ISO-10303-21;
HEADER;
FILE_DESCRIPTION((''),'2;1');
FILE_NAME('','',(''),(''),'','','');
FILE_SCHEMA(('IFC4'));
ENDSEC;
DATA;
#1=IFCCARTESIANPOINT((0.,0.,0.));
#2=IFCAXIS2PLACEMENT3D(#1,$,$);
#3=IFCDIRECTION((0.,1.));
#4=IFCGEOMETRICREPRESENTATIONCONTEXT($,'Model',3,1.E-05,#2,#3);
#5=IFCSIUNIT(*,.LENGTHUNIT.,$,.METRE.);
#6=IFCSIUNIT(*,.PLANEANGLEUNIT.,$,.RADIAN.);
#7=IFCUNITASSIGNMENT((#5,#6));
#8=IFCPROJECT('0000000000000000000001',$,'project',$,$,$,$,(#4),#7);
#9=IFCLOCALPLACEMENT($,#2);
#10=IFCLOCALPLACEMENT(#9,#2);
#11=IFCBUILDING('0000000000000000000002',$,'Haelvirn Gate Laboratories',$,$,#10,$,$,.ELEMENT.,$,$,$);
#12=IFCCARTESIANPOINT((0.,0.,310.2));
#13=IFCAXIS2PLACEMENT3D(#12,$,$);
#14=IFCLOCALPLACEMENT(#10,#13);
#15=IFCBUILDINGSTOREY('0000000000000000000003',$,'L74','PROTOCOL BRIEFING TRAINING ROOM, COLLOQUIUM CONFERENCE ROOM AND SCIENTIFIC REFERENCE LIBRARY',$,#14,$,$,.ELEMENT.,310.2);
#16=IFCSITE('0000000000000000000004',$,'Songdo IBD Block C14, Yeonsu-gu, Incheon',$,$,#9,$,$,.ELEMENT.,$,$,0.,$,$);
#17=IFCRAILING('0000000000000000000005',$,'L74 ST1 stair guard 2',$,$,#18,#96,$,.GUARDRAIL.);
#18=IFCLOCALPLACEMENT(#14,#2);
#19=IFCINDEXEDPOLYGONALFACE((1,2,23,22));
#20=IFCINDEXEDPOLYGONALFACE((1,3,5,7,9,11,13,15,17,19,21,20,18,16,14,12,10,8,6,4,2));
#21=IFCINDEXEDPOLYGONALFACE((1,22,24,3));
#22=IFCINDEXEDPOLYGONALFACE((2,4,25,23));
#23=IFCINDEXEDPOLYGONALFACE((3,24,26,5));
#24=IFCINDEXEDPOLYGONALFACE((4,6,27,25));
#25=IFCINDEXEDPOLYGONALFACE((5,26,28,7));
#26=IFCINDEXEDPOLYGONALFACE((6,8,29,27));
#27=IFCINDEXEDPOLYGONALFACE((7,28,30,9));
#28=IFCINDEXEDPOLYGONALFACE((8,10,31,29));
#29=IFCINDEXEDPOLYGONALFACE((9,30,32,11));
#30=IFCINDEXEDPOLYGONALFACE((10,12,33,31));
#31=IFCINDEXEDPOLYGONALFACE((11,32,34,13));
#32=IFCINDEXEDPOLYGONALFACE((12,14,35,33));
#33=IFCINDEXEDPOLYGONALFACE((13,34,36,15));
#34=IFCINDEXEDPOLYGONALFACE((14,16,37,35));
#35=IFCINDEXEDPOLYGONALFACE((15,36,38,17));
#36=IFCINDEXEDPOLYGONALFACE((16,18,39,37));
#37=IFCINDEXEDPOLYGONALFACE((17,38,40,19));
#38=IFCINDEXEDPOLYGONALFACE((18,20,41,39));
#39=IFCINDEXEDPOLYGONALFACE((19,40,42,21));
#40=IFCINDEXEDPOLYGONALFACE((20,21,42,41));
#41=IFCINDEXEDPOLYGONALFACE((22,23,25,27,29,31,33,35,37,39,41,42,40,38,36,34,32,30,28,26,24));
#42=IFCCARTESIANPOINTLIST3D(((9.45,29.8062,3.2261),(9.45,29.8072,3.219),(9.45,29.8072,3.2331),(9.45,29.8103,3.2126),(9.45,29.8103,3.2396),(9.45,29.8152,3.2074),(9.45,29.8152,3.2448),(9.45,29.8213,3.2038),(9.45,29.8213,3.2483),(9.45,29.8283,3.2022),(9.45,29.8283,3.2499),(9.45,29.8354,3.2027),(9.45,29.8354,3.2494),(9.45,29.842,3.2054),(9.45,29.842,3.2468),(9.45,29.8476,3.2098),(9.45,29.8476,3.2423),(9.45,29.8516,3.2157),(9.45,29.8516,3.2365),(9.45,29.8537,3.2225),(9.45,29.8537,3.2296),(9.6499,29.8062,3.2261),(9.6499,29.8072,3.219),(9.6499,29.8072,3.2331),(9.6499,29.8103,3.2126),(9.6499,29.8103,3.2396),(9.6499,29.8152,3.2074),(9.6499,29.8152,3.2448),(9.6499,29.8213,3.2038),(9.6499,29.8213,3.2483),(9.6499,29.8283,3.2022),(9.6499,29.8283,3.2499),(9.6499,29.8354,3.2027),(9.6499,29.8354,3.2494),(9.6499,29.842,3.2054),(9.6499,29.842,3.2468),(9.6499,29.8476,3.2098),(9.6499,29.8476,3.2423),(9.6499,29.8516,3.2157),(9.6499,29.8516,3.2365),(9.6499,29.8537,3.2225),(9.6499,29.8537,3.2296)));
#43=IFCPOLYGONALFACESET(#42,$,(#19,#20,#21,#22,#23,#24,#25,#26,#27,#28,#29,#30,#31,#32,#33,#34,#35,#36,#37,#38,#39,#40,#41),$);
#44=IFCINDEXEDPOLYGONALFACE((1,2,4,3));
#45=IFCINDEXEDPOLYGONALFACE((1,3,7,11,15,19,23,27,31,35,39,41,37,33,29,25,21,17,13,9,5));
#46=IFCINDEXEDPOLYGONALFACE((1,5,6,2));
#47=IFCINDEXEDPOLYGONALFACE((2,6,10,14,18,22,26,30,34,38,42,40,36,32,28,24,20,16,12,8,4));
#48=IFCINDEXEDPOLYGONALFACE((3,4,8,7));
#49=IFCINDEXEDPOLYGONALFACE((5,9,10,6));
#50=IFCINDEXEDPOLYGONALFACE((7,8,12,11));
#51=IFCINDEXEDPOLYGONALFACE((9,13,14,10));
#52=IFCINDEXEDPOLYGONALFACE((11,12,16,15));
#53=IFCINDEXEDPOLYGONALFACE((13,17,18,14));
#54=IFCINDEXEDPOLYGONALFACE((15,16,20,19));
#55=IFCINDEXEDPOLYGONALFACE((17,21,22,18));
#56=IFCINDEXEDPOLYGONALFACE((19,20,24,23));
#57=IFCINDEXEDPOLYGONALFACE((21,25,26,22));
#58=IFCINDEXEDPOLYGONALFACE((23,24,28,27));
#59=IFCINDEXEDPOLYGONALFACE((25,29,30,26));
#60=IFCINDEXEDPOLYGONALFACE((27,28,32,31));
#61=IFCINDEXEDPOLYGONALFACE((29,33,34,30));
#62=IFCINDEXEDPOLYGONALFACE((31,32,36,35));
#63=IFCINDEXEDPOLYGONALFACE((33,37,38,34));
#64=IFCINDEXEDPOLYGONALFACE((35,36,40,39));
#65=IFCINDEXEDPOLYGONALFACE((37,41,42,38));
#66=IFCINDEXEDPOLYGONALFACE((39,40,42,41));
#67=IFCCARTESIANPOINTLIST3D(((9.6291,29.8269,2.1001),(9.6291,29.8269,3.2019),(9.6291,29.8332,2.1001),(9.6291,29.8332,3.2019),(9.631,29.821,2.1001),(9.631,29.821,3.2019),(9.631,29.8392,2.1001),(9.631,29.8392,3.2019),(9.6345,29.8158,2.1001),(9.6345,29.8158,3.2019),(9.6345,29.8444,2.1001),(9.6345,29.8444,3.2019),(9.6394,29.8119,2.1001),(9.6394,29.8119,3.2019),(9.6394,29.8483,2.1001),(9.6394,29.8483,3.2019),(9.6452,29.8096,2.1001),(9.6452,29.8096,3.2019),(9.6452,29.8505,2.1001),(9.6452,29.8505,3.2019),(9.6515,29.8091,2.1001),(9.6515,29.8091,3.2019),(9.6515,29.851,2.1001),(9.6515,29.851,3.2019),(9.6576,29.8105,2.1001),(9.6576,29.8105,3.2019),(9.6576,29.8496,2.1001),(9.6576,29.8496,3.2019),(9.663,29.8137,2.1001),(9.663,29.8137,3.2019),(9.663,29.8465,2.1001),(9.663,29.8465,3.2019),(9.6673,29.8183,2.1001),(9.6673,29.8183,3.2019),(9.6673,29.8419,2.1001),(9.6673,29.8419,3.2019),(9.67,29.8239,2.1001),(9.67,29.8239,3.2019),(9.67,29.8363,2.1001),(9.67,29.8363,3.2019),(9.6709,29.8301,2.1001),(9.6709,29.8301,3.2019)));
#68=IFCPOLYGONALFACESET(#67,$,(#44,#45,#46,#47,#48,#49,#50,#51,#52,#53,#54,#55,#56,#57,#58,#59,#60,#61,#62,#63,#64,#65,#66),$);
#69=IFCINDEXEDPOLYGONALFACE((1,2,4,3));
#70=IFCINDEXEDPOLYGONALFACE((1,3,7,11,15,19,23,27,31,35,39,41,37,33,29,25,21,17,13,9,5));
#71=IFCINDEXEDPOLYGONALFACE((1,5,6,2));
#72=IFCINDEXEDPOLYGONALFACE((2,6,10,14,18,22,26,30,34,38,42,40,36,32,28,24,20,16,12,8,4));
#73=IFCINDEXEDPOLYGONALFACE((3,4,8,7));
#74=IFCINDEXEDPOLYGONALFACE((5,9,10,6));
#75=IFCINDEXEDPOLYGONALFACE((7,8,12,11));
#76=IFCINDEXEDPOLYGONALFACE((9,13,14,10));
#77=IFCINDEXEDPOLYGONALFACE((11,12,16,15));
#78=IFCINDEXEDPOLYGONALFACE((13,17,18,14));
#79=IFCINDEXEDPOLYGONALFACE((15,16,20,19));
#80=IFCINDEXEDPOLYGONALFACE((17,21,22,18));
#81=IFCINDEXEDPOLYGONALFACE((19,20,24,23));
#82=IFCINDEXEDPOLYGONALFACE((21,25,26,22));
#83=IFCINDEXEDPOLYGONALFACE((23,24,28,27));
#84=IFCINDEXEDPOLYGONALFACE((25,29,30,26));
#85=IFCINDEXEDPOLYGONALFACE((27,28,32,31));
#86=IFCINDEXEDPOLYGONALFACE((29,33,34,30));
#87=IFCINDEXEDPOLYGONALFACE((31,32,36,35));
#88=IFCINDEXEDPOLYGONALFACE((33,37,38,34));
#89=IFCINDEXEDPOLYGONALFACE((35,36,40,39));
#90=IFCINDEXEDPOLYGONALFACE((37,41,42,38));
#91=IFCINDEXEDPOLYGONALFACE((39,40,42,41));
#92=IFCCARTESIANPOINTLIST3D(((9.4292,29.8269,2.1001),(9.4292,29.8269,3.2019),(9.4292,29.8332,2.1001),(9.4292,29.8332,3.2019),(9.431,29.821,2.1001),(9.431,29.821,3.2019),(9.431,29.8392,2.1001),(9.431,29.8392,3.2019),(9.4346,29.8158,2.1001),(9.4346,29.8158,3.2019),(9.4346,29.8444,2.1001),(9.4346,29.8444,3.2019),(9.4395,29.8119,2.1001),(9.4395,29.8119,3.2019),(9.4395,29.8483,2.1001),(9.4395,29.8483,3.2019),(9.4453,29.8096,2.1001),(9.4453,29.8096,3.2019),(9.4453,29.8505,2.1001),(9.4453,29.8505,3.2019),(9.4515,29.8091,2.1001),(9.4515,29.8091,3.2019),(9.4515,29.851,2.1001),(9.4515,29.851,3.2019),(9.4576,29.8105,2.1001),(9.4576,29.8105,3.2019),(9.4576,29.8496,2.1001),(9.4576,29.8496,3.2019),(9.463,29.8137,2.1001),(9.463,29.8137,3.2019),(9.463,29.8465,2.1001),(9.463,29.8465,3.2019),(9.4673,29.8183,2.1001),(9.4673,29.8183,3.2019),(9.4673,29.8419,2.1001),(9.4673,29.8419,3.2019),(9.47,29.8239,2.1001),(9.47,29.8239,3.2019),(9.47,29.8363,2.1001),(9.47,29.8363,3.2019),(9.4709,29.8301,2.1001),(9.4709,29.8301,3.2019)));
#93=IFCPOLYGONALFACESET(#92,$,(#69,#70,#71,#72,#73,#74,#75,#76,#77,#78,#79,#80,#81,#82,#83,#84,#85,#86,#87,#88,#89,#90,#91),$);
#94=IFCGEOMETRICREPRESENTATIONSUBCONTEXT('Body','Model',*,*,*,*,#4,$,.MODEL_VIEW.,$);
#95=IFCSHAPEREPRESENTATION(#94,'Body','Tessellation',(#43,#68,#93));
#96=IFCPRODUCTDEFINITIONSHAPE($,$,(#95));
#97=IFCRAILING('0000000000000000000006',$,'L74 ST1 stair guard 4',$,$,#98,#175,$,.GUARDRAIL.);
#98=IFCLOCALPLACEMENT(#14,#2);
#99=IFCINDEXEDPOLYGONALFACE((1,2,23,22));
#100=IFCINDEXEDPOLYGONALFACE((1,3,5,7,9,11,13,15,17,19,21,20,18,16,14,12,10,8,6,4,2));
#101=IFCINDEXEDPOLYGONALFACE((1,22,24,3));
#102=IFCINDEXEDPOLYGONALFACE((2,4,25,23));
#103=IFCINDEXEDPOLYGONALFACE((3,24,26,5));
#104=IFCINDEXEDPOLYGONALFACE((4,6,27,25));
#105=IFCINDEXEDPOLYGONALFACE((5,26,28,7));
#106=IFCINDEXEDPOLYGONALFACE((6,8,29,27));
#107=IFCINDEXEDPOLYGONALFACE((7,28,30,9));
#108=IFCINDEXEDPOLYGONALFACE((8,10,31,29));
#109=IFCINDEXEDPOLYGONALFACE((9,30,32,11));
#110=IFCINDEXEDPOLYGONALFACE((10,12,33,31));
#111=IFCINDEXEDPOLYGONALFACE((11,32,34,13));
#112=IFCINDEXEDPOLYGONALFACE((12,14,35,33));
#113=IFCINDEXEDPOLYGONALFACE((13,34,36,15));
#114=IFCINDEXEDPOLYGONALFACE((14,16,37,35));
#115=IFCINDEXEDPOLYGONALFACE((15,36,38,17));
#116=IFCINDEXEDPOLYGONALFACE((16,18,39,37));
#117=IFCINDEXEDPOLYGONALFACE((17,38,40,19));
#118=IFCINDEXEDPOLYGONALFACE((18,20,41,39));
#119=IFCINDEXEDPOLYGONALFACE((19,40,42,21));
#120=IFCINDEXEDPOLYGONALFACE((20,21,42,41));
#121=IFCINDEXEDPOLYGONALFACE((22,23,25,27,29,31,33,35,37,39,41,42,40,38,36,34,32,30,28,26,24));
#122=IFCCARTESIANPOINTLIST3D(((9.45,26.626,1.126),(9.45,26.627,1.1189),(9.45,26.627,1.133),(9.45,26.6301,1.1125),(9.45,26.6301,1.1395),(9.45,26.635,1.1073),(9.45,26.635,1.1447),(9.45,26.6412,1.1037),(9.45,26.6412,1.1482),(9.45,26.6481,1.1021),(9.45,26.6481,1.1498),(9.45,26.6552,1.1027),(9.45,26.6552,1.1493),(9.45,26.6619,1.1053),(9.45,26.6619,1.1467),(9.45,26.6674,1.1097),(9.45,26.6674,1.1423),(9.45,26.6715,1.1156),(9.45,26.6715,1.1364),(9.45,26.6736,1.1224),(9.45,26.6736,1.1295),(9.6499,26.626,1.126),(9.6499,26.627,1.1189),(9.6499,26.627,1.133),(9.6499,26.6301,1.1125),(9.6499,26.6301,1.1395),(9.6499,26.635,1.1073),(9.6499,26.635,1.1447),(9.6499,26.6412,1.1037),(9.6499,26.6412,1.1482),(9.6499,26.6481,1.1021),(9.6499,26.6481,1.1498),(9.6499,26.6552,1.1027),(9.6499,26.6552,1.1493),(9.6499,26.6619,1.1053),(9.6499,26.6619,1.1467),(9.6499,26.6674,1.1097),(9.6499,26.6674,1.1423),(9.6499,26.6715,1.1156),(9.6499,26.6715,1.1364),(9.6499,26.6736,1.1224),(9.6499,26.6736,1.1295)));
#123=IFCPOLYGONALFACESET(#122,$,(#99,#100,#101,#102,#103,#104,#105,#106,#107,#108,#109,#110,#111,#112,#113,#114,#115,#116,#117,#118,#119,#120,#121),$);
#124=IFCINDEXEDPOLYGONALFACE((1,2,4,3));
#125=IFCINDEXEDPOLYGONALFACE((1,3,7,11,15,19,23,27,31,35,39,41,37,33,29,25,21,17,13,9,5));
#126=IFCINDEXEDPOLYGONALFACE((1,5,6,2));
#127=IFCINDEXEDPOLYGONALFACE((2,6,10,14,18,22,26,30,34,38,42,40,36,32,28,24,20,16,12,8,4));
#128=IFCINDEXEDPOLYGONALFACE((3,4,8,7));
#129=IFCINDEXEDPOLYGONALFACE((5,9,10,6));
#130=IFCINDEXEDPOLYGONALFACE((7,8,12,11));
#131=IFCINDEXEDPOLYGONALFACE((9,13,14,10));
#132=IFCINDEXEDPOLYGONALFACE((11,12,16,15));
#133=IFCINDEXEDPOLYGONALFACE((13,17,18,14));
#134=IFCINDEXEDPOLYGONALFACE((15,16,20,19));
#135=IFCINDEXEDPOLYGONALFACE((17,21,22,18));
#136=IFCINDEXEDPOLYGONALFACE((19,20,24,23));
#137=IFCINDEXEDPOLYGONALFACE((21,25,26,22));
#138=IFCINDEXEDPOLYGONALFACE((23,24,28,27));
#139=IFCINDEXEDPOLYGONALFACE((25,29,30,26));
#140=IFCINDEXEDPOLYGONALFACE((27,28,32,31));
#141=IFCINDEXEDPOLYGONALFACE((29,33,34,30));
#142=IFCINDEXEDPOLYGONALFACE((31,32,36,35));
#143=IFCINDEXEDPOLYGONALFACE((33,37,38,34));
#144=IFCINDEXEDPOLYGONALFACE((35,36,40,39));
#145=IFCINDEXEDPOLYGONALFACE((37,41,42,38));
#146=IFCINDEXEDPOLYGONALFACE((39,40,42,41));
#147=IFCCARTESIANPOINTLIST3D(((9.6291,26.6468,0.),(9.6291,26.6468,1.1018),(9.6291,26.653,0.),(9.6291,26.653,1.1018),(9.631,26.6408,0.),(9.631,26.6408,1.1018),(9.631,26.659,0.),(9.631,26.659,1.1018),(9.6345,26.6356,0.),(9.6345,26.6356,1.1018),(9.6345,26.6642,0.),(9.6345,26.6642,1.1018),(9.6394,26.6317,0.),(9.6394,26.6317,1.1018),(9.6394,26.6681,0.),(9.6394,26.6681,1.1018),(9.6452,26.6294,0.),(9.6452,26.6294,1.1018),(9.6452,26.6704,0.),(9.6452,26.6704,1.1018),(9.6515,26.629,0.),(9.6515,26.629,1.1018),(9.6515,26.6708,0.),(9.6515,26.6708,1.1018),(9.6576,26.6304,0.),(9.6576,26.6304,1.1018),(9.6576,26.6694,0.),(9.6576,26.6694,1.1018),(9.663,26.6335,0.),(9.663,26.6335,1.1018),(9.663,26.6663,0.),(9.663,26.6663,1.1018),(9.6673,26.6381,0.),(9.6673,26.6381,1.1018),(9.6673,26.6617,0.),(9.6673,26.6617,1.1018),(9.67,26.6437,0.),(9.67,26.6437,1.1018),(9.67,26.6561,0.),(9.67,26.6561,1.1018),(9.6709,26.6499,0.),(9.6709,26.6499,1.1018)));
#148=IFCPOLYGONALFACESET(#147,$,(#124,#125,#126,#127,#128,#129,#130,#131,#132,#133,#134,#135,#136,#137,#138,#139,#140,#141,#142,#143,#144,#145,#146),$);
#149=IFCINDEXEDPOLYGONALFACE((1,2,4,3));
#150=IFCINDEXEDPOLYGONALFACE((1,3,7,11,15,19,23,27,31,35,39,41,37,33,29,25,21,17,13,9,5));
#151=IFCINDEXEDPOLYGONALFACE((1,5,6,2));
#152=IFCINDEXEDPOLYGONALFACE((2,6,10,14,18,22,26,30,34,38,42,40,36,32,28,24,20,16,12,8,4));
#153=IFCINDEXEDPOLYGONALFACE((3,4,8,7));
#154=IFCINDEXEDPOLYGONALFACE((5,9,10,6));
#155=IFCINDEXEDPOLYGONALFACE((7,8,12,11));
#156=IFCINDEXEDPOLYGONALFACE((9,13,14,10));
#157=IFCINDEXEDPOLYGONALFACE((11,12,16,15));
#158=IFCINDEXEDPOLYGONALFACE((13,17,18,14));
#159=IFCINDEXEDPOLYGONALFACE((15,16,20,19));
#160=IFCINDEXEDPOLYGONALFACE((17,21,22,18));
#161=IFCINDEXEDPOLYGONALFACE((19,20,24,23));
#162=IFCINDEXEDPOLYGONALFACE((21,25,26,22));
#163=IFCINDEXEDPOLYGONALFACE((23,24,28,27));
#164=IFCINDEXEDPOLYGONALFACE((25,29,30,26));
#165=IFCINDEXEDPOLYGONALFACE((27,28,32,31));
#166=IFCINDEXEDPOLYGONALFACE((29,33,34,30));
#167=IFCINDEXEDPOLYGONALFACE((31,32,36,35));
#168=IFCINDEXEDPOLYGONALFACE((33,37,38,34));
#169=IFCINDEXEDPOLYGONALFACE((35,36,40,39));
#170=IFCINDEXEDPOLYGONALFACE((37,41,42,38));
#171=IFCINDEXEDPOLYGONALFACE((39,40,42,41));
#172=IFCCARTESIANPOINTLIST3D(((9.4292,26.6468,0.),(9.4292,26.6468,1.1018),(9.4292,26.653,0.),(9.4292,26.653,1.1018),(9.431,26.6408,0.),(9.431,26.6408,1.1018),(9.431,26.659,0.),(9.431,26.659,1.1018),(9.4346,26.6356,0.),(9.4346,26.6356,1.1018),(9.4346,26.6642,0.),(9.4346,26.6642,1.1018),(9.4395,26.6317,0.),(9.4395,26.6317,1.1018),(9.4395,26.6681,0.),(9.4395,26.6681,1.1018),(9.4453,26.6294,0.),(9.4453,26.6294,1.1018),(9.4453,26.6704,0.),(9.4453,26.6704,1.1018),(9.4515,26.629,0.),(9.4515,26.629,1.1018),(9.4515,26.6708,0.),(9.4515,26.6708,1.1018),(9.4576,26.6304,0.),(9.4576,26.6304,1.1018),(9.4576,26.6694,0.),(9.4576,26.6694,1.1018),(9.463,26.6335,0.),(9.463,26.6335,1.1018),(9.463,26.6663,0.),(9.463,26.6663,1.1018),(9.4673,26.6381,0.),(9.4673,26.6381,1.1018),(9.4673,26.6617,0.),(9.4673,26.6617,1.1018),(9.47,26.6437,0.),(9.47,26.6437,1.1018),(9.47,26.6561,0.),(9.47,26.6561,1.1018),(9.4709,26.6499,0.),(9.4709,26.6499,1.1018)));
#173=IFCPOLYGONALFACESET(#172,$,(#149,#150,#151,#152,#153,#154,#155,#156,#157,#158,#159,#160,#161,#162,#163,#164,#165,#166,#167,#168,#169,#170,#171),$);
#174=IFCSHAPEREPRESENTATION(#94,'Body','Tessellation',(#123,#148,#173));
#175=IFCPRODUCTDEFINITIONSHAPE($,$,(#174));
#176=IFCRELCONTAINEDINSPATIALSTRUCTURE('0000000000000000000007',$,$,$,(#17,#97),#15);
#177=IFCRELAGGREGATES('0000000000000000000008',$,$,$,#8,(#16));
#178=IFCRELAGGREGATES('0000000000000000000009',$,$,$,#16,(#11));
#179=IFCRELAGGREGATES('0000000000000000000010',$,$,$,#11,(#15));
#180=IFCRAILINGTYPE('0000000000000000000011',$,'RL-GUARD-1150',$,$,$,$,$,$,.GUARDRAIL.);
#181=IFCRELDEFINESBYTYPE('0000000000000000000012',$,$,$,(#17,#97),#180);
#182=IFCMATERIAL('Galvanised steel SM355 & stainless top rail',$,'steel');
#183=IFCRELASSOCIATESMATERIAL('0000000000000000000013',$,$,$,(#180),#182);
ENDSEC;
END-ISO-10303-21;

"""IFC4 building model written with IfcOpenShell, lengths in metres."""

from ifc_helpers import new_model, si_unit, direction, frame, origin, origin_2d, place, context, subcontext, project, spatial, circle, extrude, source, transform, mapped, material, type_object, element, save


model = new_model("IFC4")

# Units and contexts
model_context = context("Model", 3, precision=1e-05, world=origin(), true_north=direction((0.0, 1.0)))
body_context = subcontext(model_context, "Body", "Model", "MODEL_VIEW")
ifc_project = project(units=[si_unit("LENGTHUNIT", "METRE"), si_unit("PLANEANGLEUNIT", "RADIAN")], contexts=[model_context])

# Site, building, storey
site_placement = place(None, origin())
site = spatial("IfcSite", under=ifc_project, at=site_placement, Name="Songdo IBD Block C14, Yeonsu-gu, Incheon", CompositionType="ELEMENT", RefElevation=0.0)
building_placement = place(site_placement, origin())
building = spatial("IfcBuilding", under=site, at=building_placement, Name="Haelvirn Gate Laboratories", CompositionType="ELEMENT")
storey_placement = place(building_placement, frame((0.0, 0.0, 310.2)))
storey = spatial("IfcBuildingStorey", under=building, at=storey_placement, Name="L74", Description="PROTOCOL BRIEFING TRAINING ROOM, COLLOQUIUM CONFERENCE ROOM AND SCIENTIFIC REFERENCE LIBRARY", CompositionType="ELEMENT", Elevation=310.2)

# Railings
ifc_material_1 = material(Name="Galvanised steel SM355 & stainless top rail", Category="steel")
railing_type_1 = type_object("IfcRailingType", Name="RL-GUARD-1150", PredefinedType="GUARDRAIL", material=ifc_material_1)
shared_shape_1 = source(origin(), body_context, "Body", "SweptSolid", [
    extrude(circle(Radius=0.0239, at=origin_2d()), frame((0.0, 0.0, 1.126), z_axis=(-1.0, 0.0, 0.0), x_axis=(0.0, -1.0, 0.0)), (0.0, 0.0, 1.0), 0.2),
    extrude(circle(Radius=0.021, at=origin_2d()), origin(), (0.0, 0.0, 1.0), 1.1018),
    extrude(circle(Radius=0.021, at=origin_2d()), frame((-0.2, 0.0, 0.0)), (0.0, 0.0, 1.0), 1.1018),
])
for number, where, name in (
    (1, (9.6499, 29.8301, 2.1001), "L74 ST1 stair guard 2"),
    (2, (9.6499, 26.6499, 0.0), "L74 ST1 stair guard 4"),
):
    element("IfcRailing", number, at=place(storey_placement, frame(where)), inside=storey, type_object=railing_type_1, Name=name, PredefinedType="GUARDRAIL", context=body_context, shape_type="MappedRepresentation", body=[
        mapped(shared_shape_1, transform((0.0, 0.0, 0.0), scale=1.0)),
    ])

save(model, "model.ifc")
